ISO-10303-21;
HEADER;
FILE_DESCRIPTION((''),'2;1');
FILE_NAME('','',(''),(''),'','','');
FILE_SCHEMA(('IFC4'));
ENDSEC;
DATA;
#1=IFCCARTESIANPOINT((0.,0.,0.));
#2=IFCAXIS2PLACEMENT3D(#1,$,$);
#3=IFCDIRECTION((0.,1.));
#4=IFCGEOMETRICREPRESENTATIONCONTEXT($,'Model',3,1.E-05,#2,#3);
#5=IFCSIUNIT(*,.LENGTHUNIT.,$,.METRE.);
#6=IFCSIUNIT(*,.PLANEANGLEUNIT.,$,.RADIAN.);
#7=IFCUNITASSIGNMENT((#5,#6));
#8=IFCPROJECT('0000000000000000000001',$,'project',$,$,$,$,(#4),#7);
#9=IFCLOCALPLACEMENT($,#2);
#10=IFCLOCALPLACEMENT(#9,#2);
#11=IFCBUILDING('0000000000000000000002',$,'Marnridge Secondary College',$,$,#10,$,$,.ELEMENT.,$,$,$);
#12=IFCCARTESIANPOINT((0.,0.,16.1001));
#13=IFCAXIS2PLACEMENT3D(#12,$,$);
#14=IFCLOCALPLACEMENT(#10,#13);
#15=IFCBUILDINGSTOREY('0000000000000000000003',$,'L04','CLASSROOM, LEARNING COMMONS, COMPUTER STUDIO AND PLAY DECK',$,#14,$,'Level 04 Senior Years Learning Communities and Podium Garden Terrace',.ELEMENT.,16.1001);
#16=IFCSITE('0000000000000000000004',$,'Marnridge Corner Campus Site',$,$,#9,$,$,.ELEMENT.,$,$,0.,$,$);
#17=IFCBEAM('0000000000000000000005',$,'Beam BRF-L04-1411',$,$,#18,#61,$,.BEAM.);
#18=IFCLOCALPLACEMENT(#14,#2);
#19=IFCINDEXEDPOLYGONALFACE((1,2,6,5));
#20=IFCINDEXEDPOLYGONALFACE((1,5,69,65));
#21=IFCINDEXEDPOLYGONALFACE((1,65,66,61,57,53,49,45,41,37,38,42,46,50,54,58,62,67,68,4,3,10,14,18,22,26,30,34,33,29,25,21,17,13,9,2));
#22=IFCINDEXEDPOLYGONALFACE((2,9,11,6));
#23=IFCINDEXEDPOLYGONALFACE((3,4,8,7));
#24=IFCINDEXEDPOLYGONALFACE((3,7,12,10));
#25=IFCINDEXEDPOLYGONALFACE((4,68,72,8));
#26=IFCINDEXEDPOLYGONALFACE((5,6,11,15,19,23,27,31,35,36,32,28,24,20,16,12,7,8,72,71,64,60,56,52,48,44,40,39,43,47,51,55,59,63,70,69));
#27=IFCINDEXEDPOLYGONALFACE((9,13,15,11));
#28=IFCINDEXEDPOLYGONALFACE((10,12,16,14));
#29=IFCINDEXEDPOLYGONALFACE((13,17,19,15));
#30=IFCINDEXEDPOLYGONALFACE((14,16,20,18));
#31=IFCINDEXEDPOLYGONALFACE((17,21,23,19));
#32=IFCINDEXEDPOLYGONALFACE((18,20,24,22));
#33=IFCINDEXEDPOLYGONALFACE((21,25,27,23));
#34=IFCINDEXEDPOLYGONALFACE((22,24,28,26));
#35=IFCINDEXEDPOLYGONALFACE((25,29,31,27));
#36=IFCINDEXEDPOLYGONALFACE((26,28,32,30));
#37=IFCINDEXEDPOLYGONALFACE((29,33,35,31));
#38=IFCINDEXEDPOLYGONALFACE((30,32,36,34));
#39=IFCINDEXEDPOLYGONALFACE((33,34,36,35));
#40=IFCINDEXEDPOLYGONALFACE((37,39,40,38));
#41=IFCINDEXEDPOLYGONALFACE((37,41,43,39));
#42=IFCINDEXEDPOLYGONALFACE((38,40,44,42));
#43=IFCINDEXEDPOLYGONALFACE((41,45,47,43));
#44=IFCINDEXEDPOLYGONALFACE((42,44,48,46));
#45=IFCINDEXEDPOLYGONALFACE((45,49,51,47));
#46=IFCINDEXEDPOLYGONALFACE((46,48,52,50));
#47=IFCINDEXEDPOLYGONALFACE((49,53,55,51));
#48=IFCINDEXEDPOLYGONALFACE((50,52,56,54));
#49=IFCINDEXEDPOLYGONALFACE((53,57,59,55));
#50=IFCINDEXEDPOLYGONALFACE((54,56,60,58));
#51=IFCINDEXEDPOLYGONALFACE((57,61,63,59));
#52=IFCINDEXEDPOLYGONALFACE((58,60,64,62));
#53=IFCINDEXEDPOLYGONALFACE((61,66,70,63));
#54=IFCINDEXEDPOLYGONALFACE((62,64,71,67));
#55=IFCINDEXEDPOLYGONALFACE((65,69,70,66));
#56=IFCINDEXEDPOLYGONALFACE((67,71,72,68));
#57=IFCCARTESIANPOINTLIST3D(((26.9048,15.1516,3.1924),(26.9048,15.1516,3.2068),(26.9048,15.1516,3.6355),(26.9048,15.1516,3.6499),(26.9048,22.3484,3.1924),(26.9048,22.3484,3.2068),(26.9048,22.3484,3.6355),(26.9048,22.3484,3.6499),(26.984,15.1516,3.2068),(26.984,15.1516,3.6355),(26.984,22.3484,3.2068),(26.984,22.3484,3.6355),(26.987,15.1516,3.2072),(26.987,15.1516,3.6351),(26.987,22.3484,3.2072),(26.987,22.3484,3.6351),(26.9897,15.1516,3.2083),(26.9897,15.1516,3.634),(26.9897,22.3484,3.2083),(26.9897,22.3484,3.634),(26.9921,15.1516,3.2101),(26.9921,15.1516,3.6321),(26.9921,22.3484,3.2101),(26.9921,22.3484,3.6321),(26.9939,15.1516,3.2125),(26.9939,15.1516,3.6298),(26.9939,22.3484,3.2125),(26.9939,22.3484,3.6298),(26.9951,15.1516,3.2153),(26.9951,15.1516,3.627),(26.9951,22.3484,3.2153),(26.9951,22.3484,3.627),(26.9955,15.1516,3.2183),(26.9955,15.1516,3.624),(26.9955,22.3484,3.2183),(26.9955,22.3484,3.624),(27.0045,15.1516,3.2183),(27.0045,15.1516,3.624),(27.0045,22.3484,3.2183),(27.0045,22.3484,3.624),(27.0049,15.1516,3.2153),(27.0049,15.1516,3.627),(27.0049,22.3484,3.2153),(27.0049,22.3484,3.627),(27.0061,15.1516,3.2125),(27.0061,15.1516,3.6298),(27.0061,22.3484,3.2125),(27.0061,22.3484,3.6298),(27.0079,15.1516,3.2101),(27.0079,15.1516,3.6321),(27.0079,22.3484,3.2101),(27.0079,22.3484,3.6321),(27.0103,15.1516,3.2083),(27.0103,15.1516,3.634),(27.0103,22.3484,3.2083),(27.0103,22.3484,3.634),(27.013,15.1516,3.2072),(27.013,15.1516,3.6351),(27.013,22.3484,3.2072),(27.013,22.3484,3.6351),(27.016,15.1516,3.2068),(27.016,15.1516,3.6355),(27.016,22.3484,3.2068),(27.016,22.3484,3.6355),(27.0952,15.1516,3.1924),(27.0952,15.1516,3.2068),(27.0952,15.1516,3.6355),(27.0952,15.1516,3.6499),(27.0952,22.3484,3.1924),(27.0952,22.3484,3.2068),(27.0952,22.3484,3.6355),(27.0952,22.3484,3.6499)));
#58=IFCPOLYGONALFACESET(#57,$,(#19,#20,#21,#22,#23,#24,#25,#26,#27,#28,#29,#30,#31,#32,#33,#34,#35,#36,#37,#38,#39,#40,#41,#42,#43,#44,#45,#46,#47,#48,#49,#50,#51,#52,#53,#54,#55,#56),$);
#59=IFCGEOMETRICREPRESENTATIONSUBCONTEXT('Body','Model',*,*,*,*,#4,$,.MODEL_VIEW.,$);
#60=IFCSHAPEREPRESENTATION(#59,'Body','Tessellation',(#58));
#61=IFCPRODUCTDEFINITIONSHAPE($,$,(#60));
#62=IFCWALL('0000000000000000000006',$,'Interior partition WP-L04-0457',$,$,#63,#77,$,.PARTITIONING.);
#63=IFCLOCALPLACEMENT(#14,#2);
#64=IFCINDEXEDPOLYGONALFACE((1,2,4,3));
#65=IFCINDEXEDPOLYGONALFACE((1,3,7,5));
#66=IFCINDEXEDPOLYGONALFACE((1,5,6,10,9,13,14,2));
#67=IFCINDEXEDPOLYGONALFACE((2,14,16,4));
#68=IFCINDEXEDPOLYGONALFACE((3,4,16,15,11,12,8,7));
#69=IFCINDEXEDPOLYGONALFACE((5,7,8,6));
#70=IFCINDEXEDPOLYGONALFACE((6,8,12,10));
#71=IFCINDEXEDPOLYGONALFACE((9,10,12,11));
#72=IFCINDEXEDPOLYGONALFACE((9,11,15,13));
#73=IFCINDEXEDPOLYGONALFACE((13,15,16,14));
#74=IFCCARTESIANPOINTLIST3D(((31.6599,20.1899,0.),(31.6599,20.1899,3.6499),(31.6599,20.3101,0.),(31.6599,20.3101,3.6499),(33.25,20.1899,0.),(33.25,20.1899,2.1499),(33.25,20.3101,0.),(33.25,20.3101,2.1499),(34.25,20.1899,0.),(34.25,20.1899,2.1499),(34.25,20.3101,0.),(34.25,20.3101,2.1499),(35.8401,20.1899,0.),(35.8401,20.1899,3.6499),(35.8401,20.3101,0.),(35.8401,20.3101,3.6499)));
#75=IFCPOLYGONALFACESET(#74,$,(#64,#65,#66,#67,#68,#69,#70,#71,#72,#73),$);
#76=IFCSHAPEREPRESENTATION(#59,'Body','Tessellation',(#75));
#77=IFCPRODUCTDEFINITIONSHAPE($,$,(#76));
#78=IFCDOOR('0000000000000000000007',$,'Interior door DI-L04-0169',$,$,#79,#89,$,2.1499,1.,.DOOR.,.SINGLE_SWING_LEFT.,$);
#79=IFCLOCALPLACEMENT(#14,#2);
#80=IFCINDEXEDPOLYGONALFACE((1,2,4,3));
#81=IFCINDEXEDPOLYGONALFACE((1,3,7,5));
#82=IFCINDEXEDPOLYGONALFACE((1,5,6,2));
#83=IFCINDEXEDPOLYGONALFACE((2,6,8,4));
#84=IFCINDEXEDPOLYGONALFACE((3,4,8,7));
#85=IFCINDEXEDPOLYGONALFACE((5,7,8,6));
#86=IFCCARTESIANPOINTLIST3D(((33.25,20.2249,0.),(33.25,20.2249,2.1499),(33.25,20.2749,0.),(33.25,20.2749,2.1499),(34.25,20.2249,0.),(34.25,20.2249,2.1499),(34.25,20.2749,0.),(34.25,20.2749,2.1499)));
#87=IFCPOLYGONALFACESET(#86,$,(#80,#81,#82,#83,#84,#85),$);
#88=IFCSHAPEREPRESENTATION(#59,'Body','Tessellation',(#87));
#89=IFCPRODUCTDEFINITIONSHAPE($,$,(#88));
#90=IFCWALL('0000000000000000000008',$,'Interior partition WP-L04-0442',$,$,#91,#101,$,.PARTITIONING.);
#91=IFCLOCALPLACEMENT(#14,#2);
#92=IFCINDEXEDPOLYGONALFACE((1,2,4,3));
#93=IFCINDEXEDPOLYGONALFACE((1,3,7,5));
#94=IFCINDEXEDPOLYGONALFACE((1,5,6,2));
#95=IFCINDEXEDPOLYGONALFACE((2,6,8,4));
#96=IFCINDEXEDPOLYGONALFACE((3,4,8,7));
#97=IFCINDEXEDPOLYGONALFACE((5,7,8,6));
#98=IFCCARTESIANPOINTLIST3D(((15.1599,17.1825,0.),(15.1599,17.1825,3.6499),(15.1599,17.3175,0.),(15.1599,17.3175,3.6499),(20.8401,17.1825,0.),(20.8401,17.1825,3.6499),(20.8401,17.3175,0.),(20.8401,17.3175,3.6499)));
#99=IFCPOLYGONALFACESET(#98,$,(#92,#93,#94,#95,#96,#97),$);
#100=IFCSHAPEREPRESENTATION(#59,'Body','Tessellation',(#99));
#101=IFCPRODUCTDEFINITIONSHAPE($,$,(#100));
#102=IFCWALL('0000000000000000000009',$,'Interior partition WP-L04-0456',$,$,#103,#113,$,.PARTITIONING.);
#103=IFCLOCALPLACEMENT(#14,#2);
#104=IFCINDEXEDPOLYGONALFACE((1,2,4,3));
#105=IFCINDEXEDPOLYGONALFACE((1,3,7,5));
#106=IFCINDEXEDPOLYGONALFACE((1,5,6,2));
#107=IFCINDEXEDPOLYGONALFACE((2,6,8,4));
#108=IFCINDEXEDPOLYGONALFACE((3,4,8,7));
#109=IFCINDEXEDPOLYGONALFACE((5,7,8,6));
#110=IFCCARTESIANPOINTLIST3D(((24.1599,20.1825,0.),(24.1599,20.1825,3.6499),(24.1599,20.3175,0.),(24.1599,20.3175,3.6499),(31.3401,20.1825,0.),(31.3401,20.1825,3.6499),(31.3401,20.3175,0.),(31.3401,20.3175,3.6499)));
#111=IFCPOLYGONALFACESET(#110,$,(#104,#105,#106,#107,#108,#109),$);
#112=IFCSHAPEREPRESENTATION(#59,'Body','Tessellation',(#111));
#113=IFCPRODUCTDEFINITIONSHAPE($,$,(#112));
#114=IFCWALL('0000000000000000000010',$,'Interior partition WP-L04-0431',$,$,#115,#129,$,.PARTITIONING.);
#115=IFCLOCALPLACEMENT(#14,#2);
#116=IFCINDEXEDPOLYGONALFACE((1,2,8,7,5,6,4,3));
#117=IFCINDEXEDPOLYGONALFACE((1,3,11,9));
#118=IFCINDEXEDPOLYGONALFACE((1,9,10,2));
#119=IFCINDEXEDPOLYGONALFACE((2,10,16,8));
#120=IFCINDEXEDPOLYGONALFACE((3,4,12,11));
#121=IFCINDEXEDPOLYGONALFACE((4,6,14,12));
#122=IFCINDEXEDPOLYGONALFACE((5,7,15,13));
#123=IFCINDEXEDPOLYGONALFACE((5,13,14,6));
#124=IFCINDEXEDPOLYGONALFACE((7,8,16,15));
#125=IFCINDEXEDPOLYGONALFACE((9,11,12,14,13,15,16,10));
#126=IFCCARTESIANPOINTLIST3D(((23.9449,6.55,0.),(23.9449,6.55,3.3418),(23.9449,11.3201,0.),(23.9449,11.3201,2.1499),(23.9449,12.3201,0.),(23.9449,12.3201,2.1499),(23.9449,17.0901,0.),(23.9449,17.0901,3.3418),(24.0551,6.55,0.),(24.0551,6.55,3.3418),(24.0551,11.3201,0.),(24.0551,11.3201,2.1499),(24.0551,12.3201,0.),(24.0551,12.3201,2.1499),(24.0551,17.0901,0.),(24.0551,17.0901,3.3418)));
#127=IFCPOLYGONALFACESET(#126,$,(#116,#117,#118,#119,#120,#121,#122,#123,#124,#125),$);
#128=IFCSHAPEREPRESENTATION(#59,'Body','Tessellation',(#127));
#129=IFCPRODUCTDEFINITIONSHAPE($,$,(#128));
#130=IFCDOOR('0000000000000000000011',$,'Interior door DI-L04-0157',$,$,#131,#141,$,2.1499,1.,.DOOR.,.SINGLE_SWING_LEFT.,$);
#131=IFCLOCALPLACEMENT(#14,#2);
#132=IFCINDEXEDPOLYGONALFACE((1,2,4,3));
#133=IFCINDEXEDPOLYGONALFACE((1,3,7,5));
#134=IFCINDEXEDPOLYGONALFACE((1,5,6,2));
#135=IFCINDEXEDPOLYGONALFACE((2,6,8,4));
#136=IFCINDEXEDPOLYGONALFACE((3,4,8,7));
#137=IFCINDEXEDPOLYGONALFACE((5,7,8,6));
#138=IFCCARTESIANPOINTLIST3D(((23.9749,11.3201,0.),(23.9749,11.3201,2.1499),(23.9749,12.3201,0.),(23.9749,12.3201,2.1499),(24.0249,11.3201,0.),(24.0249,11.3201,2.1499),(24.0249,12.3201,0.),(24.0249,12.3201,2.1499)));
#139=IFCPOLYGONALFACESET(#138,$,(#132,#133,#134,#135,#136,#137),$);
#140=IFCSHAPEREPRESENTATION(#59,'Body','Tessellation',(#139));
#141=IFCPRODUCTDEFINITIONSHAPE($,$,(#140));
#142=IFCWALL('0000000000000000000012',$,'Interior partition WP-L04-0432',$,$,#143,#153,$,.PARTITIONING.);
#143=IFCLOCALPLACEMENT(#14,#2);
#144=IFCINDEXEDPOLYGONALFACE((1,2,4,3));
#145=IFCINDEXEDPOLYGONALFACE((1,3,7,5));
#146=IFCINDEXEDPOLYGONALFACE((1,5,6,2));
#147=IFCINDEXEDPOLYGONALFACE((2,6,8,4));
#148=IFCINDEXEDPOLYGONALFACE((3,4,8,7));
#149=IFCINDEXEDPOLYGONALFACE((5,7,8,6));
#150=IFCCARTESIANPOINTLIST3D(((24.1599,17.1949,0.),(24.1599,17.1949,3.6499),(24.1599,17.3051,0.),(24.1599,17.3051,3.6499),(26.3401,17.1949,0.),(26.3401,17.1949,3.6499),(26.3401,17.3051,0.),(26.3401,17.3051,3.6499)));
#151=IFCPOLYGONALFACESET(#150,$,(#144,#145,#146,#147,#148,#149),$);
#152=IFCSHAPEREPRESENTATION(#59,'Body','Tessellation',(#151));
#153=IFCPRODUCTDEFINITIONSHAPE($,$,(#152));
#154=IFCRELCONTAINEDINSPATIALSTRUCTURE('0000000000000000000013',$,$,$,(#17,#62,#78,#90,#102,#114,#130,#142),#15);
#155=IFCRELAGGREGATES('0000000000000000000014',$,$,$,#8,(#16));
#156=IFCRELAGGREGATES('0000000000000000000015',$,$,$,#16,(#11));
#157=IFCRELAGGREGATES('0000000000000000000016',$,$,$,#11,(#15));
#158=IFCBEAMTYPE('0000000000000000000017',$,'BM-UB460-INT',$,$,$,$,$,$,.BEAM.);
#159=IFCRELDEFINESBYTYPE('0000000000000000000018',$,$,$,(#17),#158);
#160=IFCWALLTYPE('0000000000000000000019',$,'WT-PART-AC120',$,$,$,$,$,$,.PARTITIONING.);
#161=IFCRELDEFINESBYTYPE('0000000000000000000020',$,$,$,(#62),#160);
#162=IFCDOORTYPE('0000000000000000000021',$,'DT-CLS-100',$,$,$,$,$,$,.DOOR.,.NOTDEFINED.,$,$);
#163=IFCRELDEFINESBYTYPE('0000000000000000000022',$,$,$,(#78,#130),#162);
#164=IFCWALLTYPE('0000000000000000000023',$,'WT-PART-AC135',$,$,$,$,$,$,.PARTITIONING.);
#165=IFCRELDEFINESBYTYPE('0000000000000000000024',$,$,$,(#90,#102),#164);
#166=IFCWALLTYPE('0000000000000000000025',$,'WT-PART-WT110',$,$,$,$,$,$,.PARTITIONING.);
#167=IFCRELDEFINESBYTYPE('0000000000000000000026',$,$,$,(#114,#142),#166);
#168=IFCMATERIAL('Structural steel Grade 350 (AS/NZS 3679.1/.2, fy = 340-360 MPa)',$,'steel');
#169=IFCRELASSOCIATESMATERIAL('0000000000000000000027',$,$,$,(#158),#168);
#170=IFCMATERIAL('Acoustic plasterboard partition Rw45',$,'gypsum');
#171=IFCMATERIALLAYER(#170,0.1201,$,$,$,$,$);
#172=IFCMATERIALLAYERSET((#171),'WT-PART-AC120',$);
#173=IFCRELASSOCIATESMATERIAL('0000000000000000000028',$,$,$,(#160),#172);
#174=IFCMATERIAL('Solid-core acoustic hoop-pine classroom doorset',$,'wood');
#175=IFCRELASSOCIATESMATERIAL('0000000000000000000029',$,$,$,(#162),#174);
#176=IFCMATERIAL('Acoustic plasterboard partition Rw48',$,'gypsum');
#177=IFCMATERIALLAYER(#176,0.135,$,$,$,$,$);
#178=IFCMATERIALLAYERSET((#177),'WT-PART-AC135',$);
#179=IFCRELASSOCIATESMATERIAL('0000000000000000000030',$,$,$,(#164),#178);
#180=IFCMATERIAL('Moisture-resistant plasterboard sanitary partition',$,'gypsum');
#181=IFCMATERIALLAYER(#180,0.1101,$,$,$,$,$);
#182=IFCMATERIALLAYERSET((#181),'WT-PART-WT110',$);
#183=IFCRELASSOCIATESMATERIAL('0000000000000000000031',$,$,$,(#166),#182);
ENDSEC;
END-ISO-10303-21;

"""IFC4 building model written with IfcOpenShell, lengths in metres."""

from ifc_helpers import new_model, si_unit, direction, frame, frame_2d, origin, origin_2d, place, context, subcontext, project, spatial, rectangle, i_section, extrude, material, layer, layer_set, material_profile, profile_set, type_object, element, fill, save


model = new_model("IFC4")

# Units and contexts
model_context = context("Model", 3, precision=1e-05, world=origin(), true_north=direction((0.0, 1.0)))
body_context = subcontext(model_context, "Body", "Model", "MODEL_VIEW")
ifc_project = project(units=[si_unit("LENGTHUNIT", "METRE"), si_unit("PLANEANGLEUNIT", "RADIAN")], contexts=[model_context])

# Site, building, storey
site_placement = place(None, origin())
site = spatial("IfcSite", under=ifc_project, at=site_placement, Name="Marnridge Corner Campus Site", CompositionType="ELEMENT", RefElevation=0.0)
building_placement = place(site_placement, origin())
building = spatial("IfcBuilding", under=site, at=building_placement, Name="Marnridge Secondary College", CompositionType="ELEMENT")
storey_placement = place(building_placement, frame((0.0, 0.0, 16.1001)))
storey = spatial("IfcBuildingStorey", under=building, at=storey_placement, Name="L04", Description="CLASSROOM, LEARNING COMMONS, COMPUTER STUDIO AND PLAY DECK", LongName="Level 04 Senior Years Learning Communities and Podium Garden Terrace", CompositionType="ELEMENT", Elevation=16.1001)

# Beam
ifc_material_1 = material(Name="Structural steel Grade 350 (AS/NZS 3679.1/.2, fy = 340-360 MPa)", Category="steel")
ifc_material_profile_1 = material_profile(ifc_material_1, i_section(OverallWidth=0.1904, OverallDepth=0.4575, WebThickness=0.009, FlangeThickness=0.0144, FilletRadius=0.0115, at=origin_2d()), Name="460UB74.6")
ifc_profile_set_1 = profile_set([ifc_material_profile_1], Name="Structural steel Grade 350 (AS/NZS 3679.1/.2, fy = 340-360 MPa)")
beam_type_1 = type_object("IfcBeamType", Name="BM-UB460-INT", PredefinedType="BEAM", material=ifc_profile_set_1)
beam_1_placement = place(storey_placement, frame((27.0, 15.1516, 3.4211), z_axis=(0.0, 1.0, 0.0), x_axis=(-1.0, 0.0, 0.0)))
element("IfcBeam", 1, at=beam_1_placement, inside=storey, type_object=beam_type_1, Name="Beam BRF-L04-1411", PredefinedType="BEAM", context=body_context, shape_type="SweptSolid", body=[
    extrude(i_section(OverallWidth=0.1904, OverallDepth=0.4575, WebThickness=0.009, FlangeThickness=0.0144, FilletRadius=0.0115, at=origin_2d()), origin(), (0.0, 0.0, 1.0), 7.1968),
])

# Wall, opening, door
ifc_material_2 = material(Name="Acoustic plasterboard partition Rw45", Category="gypsum")
ifc_layer_1 = layer(ifc_material_2, 0.1201)
ifc_layer_set_1 = layer_set([ifc_layer_1], Name="WT-PART-AC120")
wall_type_1 = type_object("IfcWallType", Name="WT-PART-AC120", PredefinedType="PARTITIONING", material=ifc_layer_set_1)
wall_1_placement = place(storey_placement, frame((31.6599, 20.25, 0.0), z_axis=(0.0, 0.0, 1.0), x_axis=(1.0, 0.0, 0.0)))
wall_1 = element("IfcWall", 2, at=wall_1_placement, inside=storey, type_object=wall_type_1, Name="Interior partition WP-L04-0457", PredefinedType="PARTITIONING", context=body_context, shape_type="SweptSolid", body=[
    extrude(rectangle(XDim=4.1802, YDim=0.1201, at=frame_2d((2.0901, 0.0))), origin(), (0.0, 0.0, 1.0), 3.6499),
])
opening_1_placement = place(wall_1_placement, frame((1.5901, 0.0, 0.0)))
opening_1 = element("IfcOpeningElement", 3, at=opening_1_placement, cuts=wall_1, PredefinedType="OPENING", context=body_context, shape_type="SweptSolid", body=[
    extrude(rectangle(XDim=1.0, YDim=2.1499, at=frame_2d((0.5, 1.075))), frame((0.0, 0.0701, 0.0), z_axis=(0.0, -1.0, 0.0), x_axis=(1.0, 0.0, 0.0)), (0.0, 0.0, 1.0), 0.1401),
])
ifc_material_3 = material(Name="Solid-core acoustic hoop-pine classroom doorset", Category="wood")
door_type = type_object("IfcDoorType", Name="DT-CLS-100", OperationType="NOTDEFINED", PredefinedType="DOOR", material=ifc_material_3)
door_1_placement = place(opening_1_placement, origin())
door_1 = element("IfcDoor", 4, at=door_1_placement, inside=storey, type_object=door_type, Name="Interior door DI-L04-0169", OperationType="SINGLE_SWING_LEFT", OverallHeight=2.1499, OverallWidth=1.0, PredefinedType="DOOR", context=body_context, shape_type="SweptSolid", body=[
    extrude(rectangle(XDim=1.0, YDim=2.1499, at=frame_2d((0.5, 1.075))), frame((0.0, 0.0249, 0.0), z_axis=(0.0, -1.0, 0.0), x_axis=(1.0, 0.0, 0.0)), (0.0, 0.0, 1.0), 0.05),
])
fill(opening_1, door_1)

# Walls
ifc_material_4 = material(Name="Acoustic plasterboard partition Rw48", Category="gypsum")
ifc_layer_2 = layer(ifc_material_4, 0.135)
ifc_layer_set_2 = layer_set([ifc_layer_2], Name="WT-PART-AC135")
wall_type_2 = type_object("IfcWallType", Name="WT-PART-AC135", PredefinedType="PARTITIONING", material=ifc_layer_set_2)
wall_2_placement = place(storey_placement, frame((20.8401, 17.25, 0.0), z_axis=(0.0, 0.0, 1.0), x_axis=(-1.0, 0.0, 0.0)))
element("IfcWall", 5, at=wall_2_placement, inside=storey, type_object=wall_type_2, Name="Interior partition WP-L04-0442", PredefinedType="PARTITIONING", context=body_context, shape_type="SweptSolid", body=[
    extrude(rectangle(XDim=5.6802, YDim=0.135, at=frame_2d((2.8401, 0.0))), origin(), (0.0, 0.0, 1.0), 3.6499),
])
wall_3_placement = place(storey_placement, frame((24.1599, 20.25, 0.0), z_axis=(0.0, 0.0, 1.0), x_axis=(1.0, 0.0, 0.0)))
element("IfcWall", 6, at=wall_3_placement, inside=storey, type_object=wall_type_2, Name="Interior partition WP-L04-0456", PredefinedType="PARTITIONING", context=body_context, shape_type="SweptSolid", body=[
    extrude(rectangle(XDim=7.1802, YDim=0.135, at=frame_2d((3.5901, 0.0))), origin(), (0.0, 0.0, 1.0), 3.6499),
])

# Wall, opening, door
ifc_material_5 = material(Name="Moisture-resistant plasterboard sanitary partition", Category="gypsum")
ifc_layer_3 = layer(ifc_material_5, 0.1101)
ifc_layer_set_3 = layer_set([ifc_layer_3], Name="WT-PART-WT110")
wall_type_3 = type_object("IfcWallType", Name="WT-PART-WT110", PredefinedType="PARTITIONING", material=ifc_layer_set_3)
wall_4_placement = place(storey_placement, frame((24.0, 17.0901, 0.0), z_axis=(0.0, 0.0, 1.0), x_axis=(0.0, -1.0, 0.0)))
wall_4 = element("IfcWall", 7, at=wall_4_placement, inside=storey, type_object=wall_type_3, Name="Interior partition WP-L04-0431", PredefinedType="PARTITIONING", context=body_context, shape_type="SweptSolid", body=[
    extrude(rectangle(XDim=10.54, YDim=0.1101, at=frame_2d((5.27, 0.0))), origin(), (0.0, 0.0, 1.0), 3.3418),
])
opening_2_placement = place(wall_4_placement, frame((4.77, 0.0, 0.0)))
opening_2 = element("IfcOpeningElement", 8, at=opening_2_placement, cuts=wall_4, PredefinedType="OPENING", context=body_context, shape_type="SweptSolid", body=[
    extrude(rectangle(XDim=1.0, YDim=2.1499, at=frame_2d((0.5, 1.075))), frame((0.0, 0.0649, 0.0), z_axis=(0.0, -1.0, 0.0), x_axis=(1.0, 0.0, 0.0)), (0.0, 0.0, 1.0), 0.1301),
])
door_2_placement = place(opening_2_placement, origin())
door_2 = element("IfcDoor", 9, at=door_2_placement, inside=storey, type_object=door_type, Name="Interior door DI-L04-0157", OperationType="SINGLE_SWING_LEFT", OverallHeight=2.1499, OverallWidth=1.0, PredefinedType="DOOR", context=body_context, shape_type="SweptSolid", body=[
    extrude(rectangle(XDim=1.0, YDim=2.1499, at=frame_2d((0.5, 1.075))), frame((0.0, 0.0249, 0.0), z_axis=(0.0, -1.0, 0.0), x_axis=(1.0, 0.0, 0.0)), (0.0, 0.0, 1.0), 0.05),
])
fill(opening_2, door_2)

# Wall
wall_5_placement = place(storey_placement, frame((26.3401, 17.25, 0.0), z_axis=(0.0, 0.0, 1.0), x_axis=(-1.0, 0.0, 0.0)))
element("IfcWall", 10, at=wall_5_placement, inside=storey, type_object=wall_type_3, Name="Interior partition WP-L04-0432", PredefinedType="PARTITIONING", context=body_context, shape_type="SweptSolid", body=[
    extrude(rectangle(XDim=2.1802, YDim=0.1101, at=frame_2d((1.0901, 0.0))), origin(), (0.0, 0.0, 1.0), 3.6499),
])

save(model, "model.ifc")
